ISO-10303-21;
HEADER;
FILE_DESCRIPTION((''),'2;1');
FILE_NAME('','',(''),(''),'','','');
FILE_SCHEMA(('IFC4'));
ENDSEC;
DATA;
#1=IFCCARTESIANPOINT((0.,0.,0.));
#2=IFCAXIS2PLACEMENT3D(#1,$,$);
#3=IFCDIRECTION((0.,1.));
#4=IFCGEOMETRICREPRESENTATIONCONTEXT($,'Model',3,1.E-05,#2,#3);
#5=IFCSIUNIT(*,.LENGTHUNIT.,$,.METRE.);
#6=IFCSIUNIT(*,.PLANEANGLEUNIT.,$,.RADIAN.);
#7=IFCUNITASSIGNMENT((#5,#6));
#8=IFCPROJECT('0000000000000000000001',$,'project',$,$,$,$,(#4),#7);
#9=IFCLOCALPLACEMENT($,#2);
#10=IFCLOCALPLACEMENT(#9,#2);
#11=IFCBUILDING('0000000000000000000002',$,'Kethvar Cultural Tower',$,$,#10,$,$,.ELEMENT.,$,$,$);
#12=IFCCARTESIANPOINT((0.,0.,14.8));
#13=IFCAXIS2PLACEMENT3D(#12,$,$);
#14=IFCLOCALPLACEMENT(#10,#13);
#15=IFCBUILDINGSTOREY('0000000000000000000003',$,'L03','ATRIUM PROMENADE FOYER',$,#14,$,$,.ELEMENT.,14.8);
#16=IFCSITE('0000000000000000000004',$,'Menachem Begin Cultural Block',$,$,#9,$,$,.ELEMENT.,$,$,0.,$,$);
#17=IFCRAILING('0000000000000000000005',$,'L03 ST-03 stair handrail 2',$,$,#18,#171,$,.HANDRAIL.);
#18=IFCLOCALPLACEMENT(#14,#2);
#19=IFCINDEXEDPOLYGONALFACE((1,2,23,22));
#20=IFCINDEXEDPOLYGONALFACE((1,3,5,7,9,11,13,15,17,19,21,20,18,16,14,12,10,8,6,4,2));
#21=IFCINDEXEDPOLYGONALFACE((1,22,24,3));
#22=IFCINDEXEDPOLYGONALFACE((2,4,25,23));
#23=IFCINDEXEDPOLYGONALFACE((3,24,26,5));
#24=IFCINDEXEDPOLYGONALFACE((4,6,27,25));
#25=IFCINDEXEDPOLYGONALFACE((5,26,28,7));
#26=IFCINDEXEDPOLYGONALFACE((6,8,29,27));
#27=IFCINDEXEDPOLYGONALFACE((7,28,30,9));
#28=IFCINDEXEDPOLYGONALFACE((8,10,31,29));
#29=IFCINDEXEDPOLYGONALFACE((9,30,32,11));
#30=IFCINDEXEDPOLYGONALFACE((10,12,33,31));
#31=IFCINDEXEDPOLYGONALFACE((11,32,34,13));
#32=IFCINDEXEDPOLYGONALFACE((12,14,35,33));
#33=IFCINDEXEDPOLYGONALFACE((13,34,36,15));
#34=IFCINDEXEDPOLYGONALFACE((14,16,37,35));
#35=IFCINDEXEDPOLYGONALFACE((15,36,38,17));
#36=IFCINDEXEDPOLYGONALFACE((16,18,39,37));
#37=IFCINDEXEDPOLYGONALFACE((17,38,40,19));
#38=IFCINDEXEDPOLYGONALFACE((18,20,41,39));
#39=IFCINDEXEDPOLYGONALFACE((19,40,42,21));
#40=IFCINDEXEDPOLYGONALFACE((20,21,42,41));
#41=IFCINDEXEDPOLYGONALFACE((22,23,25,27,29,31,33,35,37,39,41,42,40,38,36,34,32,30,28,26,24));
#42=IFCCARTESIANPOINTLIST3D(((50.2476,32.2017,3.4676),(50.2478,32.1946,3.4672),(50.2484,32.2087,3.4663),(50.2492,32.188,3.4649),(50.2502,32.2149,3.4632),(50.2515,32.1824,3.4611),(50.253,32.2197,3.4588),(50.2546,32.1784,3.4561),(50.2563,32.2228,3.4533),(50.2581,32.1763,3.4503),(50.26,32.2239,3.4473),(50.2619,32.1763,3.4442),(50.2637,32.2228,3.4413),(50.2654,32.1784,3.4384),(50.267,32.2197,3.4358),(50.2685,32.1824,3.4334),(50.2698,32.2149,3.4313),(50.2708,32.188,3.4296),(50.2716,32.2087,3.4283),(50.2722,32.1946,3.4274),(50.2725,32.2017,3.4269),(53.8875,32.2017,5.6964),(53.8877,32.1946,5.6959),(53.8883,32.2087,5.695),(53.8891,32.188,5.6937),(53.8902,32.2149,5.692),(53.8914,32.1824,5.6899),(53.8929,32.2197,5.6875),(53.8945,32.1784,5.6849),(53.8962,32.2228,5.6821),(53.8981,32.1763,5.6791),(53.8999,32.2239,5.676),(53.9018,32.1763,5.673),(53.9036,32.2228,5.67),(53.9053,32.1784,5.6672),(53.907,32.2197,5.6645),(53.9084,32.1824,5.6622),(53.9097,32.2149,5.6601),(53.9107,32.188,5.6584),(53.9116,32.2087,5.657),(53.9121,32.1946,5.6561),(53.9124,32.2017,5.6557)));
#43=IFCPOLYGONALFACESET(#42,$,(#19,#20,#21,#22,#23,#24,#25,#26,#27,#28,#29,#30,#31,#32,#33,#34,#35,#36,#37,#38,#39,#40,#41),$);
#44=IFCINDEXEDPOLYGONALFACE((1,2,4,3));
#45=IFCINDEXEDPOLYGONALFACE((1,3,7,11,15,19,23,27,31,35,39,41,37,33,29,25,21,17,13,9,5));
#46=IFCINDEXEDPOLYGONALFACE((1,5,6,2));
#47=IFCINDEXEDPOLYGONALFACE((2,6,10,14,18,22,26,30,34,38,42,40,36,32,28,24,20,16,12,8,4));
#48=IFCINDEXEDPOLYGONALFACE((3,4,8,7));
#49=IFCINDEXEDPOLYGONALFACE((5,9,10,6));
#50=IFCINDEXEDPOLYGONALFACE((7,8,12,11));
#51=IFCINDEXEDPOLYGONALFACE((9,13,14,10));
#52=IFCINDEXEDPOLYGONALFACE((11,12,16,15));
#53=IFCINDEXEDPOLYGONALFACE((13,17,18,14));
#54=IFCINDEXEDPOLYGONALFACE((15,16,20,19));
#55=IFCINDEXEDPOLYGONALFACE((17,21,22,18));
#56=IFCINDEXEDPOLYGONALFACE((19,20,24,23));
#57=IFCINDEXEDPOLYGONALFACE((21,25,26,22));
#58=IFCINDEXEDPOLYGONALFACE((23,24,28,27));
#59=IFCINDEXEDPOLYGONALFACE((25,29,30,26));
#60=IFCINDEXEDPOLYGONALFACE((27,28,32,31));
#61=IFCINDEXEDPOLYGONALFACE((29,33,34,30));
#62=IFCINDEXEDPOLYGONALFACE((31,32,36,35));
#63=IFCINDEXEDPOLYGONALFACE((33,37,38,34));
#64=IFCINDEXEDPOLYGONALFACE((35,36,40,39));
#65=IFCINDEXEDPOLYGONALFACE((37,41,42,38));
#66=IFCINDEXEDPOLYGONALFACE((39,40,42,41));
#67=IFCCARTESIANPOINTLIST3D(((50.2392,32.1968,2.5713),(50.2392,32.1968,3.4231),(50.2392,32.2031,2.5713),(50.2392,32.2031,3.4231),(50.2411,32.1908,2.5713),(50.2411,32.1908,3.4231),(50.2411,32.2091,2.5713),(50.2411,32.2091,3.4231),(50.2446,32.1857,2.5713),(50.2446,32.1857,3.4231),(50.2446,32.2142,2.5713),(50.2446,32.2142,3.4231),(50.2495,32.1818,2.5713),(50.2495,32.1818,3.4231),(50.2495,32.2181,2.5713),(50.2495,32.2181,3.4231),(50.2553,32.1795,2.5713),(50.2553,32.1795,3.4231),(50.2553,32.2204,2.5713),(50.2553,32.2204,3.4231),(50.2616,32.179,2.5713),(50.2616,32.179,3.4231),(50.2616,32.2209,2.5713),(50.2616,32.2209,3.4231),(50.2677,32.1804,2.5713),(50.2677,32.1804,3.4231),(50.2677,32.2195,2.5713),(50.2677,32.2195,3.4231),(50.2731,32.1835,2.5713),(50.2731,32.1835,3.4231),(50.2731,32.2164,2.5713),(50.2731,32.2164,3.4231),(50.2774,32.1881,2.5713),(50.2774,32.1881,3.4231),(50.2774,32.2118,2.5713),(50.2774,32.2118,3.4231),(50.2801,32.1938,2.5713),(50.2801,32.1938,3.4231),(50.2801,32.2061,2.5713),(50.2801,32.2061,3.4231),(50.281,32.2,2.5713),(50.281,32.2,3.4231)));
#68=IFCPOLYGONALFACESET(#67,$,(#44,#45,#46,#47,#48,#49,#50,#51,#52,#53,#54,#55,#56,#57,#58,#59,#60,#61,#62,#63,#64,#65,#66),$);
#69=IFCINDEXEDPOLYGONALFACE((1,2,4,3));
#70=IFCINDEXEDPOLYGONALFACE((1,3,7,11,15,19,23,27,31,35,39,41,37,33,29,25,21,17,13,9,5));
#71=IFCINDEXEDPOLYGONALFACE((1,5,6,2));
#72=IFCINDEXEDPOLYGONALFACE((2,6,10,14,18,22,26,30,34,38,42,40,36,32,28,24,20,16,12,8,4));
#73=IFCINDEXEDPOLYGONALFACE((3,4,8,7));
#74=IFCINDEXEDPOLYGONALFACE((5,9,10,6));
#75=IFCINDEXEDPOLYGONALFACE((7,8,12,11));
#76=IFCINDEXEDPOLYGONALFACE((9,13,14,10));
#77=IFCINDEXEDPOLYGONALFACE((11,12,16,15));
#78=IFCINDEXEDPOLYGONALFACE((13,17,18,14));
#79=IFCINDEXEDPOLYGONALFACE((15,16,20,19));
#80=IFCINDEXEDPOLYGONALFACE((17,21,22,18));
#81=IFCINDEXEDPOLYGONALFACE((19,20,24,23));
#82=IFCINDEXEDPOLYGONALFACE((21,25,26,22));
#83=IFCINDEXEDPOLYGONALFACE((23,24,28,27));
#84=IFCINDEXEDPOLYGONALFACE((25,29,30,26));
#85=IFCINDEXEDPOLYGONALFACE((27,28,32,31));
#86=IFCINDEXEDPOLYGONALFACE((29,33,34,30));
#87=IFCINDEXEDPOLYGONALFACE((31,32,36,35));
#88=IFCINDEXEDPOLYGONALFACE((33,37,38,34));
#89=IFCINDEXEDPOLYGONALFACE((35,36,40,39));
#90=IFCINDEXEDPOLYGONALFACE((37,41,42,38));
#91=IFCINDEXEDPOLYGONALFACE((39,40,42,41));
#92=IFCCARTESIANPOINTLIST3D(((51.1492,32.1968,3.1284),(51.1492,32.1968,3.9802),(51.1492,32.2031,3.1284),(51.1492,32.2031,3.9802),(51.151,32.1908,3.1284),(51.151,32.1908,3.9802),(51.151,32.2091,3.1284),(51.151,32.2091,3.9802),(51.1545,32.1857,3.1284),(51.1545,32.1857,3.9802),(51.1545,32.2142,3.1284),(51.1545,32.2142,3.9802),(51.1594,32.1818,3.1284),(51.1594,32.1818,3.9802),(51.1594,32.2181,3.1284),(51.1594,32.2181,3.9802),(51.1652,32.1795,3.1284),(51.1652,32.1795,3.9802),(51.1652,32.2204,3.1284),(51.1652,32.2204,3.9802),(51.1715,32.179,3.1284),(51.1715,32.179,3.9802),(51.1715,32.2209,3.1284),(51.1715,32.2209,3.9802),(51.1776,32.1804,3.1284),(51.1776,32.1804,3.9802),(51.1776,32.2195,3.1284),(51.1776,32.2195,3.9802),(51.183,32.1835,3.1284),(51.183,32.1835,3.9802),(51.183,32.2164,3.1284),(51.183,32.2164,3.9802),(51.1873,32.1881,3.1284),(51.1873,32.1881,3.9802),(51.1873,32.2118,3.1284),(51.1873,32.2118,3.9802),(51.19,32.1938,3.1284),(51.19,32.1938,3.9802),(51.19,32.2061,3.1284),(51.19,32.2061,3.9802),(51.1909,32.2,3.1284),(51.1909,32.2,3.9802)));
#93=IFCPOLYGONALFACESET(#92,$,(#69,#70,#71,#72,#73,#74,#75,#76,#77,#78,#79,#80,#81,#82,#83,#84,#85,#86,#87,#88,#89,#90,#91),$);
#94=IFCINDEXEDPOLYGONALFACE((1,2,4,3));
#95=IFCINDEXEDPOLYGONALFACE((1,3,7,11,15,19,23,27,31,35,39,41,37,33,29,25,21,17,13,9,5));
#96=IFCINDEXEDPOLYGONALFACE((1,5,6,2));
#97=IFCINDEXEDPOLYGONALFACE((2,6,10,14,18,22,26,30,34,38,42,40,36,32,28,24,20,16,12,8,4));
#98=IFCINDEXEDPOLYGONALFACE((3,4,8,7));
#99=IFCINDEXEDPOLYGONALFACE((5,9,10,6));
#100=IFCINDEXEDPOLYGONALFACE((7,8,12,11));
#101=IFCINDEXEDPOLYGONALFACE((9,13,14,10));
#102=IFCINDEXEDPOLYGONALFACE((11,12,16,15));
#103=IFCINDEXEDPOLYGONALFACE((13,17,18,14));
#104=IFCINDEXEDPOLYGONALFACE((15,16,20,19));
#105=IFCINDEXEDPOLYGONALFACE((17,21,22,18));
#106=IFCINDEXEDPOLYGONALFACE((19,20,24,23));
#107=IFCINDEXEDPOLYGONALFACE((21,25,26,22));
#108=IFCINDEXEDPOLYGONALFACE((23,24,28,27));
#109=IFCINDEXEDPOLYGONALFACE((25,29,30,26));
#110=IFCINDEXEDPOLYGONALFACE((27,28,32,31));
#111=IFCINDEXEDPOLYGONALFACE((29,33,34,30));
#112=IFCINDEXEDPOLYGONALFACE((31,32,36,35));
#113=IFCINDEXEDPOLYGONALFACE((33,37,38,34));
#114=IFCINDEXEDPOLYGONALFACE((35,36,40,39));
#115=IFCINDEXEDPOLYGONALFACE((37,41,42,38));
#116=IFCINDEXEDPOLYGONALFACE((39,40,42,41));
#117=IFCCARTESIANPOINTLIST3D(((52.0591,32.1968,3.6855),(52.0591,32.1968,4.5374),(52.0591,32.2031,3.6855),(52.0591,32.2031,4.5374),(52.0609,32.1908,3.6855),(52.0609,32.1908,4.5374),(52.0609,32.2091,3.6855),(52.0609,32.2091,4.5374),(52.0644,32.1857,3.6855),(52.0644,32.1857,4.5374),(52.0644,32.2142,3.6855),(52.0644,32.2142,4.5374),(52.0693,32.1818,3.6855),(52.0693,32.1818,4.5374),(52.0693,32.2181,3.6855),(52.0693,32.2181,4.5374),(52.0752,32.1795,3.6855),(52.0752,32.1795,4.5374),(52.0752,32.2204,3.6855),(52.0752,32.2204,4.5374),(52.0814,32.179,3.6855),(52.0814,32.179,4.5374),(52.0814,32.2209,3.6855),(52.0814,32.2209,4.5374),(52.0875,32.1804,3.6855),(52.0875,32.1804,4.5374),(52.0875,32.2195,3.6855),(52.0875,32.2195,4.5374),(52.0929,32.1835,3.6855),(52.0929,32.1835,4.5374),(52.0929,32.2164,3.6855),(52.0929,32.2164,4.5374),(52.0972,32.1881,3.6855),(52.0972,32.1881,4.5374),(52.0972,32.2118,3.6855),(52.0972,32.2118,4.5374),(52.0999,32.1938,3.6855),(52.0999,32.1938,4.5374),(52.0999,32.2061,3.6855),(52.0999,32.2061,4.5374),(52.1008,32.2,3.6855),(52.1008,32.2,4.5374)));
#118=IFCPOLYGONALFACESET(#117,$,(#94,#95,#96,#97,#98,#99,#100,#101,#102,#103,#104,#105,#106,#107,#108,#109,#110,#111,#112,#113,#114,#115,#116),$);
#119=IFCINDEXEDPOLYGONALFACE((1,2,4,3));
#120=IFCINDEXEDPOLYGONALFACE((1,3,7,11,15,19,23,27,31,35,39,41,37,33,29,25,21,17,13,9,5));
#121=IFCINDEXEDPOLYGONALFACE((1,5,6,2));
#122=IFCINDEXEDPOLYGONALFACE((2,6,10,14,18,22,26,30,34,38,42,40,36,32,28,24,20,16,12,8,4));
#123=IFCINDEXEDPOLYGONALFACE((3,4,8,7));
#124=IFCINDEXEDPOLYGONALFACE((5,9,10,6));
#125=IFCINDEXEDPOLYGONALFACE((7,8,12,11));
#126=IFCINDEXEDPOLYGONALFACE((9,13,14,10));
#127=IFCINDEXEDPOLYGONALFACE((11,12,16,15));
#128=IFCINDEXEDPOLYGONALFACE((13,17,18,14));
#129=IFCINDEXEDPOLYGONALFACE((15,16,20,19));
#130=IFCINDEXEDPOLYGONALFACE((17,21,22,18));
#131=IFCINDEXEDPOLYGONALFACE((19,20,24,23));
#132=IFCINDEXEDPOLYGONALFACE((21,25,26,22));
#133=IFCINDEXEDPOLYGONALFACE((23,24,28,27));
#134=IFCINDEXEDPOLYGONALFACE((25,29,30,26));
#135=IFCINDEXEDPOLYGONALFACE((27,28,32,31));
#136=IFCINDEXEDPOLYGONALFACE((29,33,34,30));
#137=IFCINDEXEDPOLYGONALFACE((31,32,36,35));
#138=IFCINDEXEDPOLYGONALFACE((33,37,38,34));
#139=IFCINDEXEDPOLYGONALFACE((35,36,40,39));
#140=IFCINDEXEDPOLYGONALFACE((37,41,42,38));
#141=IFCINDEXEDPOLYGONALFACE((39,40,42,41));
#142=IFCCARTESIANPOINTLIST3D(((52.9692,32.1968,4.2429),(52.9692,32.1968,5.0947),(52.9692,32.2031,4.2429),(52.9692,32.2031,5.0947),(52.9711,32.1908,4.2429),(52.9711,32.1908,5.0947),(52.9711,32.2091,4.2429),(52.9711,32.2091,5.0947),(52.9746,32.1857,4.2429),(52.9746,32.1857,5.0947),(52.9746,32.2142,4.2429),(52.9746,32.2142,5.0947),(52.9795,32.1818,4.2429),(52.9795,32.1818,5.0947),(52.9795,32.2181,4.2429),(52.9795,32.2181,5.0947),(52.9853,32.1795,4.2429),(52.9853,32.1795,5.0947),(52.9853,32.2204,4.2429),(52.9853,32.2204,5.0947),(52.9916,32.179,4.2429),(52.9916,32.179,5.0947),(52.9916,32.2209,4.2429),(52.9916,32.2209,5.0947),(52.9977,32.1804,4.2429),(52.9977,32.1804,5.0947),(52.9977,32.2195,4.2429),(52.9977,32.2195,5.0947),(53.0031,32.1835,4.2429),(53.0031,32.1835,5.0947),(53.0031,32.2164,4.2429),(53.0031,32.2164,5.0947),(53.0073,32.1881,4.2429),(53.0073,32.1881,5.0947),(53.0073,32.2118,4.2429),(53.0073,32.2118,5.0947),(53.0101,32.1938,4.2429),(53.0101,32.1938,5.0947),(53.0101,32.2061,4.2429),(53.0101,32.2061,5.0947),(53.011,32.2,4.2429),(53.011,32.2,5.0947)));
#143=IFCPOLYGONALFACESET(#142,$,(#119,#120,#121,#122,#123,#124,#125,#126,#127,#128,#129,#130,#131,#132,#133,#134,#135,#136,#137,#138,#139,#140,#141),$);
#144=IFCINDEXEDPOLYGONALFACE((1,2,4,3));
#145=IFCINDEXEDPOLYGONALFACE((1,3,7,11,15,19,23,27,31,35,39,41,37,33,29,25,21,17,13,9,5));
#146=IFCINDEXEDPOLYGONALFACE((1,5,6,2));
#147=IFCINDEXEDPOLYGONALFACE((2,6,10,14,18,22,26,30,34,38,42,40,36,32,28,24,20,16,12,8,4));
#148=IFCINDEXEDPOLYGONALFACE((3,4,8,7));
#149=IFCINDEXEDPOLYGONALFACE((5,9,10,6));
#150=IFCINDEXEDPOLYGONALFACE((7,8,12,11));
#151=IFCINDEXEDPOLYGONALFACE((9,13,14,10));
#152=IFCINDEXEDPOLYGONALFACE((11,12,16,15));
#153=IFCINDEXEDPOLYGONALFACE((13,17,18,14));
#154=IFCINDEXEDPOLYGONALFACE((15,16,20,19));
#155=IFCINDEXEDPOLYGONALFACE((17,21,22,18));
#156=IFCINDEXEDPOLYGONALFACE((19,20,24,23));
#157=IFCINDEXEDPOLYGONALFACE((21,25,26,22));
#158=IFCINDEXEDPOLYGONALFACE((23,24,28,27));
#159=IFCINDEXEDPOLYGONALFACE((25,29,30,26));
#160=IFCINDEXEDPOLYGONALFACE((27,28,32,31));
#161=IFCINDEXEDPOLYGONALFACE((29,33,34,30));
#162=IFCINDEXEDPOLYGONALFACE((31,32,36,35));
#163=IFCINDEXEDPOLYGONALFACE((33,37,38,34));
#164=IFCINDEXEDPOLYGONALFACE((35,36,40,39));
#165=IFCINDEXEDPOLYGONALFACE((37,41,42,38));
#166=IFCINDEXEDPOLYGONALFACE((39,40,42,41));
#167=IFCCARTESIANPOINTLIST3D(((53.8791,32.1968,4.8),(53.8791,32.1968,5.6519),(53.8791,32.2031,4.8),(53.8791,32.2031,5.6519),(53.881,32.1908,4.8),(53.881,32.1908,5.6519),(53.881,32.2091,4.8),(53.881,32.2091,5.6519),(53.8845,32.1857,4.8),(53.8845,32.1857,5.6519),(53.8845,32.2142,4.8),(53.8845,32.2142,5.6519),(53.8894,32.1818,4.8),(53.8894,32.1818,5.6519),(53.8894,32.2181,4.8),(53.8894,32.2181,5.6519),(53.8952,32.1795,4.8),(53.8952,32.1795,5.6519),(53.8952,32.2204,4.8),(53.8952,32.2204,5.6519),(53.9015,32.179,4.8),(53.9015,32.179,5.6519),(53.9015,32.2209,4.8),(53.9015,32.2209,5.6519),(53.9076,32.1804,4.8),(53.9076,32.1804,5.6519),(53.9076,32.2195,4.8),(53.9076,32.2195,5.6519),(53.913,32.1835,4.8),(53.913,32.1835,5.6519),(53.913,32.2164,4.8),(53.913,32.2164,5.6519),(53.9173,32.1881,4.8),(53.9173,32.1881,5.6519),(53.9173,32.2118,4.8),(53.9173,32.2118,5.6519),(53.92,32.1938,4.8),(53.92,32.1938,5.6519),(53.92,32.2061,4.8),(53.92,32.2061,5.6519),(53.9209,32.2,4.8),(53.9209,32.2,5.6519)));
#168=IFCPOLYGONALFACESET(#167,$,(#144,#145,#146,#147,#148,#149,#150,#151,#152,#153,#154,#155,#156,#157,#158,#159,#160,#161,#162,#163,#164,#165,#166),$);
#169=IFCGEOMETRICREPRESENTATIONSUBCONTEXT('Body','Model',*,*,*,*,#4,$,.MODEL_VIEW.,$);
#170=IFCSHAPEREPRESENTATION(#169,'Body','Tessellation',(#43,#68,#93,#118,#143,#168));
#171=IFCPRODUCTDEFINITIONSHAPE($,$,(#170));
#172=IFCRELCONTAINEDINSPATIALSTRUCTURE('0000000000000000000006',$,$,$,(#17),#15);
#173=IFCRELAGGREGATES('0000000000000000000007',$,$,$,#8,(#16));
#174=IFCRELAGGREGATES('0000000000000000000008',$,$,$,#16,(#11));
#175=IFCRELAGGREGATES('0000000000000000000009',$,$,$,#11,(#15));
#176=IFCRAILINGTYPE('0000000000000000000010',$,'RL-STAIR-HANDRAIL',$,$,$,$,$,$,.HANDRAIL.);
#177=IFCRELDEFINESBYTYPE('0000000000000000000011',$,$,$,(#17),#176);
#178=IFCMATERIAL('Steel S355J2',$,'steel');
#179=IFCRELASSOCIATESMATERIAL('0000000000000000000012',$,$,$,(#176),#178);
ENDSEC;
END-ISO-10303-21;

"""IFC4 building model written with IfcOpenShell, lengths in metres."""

from ifc_helpers import new_model, si_unit, direction, frame, origin, origin_2d, place, context, subcontext, project, spatial, circle, extrude, material, type_object, element, save


model = new_model("IFC4")

# Units and contexts
model_context = context("Model", 3, precision=1e-05, world=origin(), true_north=direction((0.0, 1.0)))
body_context = subcontext(model_context, "Body", "Model", "MODEL_VIEW")
ifc_project = project(units=[si_unit("LENGTHUNIT", "METRE"), si_unit("PLANEANGLEUNIT", "RADIAN")], contexts=[model_context])

# Site, building, storey
site_placement = place(None, origin())
site = spatial("IfcSite", under=ifc_project, at=site_placement, Name="Menachem Begin Cultural Block", CompositionType="ELEMENT", RefElevation=0.0)
building_placement = place(site_placement, origin())
building = spatial("IfcBuilding", under=site, at=building_placement, Name="Kethvar Cultural Tower", CompositionType="ELEMENT")
storey_placement = place(building_placement, frame((0.0, 0.0, 14.8)))
storey = spatial("IfcBuildingStorey", under=building, at=storey_placement, Name="L03", Description="ATRIUM PROMENADE FOYER", CompositionType="ELEMENT", Elevation=14.8)

# Shared definitions
ifc_material_1 = material(Name="Steel S355J2", Category="steel")

# Railing
railing_type_1 = type_object("IfcRailingType", Name="RL-STAIR-HANDRAIL", PredefinedType="HANDRAIL", material=ifc_material_1)
railing_1_placement = place(storey_placement, frame((50.26, 32.2, 2.5713)))
element("IfcRailing", 1, at=railing_1_placement, inside=storey, type_object=railing_type_1, Name="L03 ST-03 stair handrail 2", PredefinedType="HANDRAIL", context=body_context, shape_type="SweptSolid", body=[
    extrude(circle(Radius=0.0239, at=origin_2d()), frame((0.0, 0.0, 0.876), z_axis=(0.852825, 0.0, 0.522197), x_axis=(0.0, 1.0, 0.0)), (0.0, 0.0, 1.0), 4.2681),
    extrude(circle(Radius=0.021, at=origin_2d()), origin(), (0.0, 0.0, 1.0), 0.8518),
    extrude(circle(Radius=0.021, at=origin_2d()), frame((0.9099, 0.0, 0.5571)), (0.0, 0.0, 1.0), 0.8518),
    extrude(circle(Radius=0.021, at=origin_2d()), frame((1.8198, 0.0, 1.1143)), (0.0, 0.0, 1.0), 0.8518),
    extrude(circle(Radius=0.021, at=origin_2d()), frame((2.73, 0.0, 1.6716)), (0.0, 0.0, 1.0), 0.8518),
    extrude(circle(Radius=0.021, at=origin_2d()), frame((3.6399, 0.0, 2.2288)), (0.0, 0.0, 1.0), 0.8518),
])

save(model, "model.ifc")
